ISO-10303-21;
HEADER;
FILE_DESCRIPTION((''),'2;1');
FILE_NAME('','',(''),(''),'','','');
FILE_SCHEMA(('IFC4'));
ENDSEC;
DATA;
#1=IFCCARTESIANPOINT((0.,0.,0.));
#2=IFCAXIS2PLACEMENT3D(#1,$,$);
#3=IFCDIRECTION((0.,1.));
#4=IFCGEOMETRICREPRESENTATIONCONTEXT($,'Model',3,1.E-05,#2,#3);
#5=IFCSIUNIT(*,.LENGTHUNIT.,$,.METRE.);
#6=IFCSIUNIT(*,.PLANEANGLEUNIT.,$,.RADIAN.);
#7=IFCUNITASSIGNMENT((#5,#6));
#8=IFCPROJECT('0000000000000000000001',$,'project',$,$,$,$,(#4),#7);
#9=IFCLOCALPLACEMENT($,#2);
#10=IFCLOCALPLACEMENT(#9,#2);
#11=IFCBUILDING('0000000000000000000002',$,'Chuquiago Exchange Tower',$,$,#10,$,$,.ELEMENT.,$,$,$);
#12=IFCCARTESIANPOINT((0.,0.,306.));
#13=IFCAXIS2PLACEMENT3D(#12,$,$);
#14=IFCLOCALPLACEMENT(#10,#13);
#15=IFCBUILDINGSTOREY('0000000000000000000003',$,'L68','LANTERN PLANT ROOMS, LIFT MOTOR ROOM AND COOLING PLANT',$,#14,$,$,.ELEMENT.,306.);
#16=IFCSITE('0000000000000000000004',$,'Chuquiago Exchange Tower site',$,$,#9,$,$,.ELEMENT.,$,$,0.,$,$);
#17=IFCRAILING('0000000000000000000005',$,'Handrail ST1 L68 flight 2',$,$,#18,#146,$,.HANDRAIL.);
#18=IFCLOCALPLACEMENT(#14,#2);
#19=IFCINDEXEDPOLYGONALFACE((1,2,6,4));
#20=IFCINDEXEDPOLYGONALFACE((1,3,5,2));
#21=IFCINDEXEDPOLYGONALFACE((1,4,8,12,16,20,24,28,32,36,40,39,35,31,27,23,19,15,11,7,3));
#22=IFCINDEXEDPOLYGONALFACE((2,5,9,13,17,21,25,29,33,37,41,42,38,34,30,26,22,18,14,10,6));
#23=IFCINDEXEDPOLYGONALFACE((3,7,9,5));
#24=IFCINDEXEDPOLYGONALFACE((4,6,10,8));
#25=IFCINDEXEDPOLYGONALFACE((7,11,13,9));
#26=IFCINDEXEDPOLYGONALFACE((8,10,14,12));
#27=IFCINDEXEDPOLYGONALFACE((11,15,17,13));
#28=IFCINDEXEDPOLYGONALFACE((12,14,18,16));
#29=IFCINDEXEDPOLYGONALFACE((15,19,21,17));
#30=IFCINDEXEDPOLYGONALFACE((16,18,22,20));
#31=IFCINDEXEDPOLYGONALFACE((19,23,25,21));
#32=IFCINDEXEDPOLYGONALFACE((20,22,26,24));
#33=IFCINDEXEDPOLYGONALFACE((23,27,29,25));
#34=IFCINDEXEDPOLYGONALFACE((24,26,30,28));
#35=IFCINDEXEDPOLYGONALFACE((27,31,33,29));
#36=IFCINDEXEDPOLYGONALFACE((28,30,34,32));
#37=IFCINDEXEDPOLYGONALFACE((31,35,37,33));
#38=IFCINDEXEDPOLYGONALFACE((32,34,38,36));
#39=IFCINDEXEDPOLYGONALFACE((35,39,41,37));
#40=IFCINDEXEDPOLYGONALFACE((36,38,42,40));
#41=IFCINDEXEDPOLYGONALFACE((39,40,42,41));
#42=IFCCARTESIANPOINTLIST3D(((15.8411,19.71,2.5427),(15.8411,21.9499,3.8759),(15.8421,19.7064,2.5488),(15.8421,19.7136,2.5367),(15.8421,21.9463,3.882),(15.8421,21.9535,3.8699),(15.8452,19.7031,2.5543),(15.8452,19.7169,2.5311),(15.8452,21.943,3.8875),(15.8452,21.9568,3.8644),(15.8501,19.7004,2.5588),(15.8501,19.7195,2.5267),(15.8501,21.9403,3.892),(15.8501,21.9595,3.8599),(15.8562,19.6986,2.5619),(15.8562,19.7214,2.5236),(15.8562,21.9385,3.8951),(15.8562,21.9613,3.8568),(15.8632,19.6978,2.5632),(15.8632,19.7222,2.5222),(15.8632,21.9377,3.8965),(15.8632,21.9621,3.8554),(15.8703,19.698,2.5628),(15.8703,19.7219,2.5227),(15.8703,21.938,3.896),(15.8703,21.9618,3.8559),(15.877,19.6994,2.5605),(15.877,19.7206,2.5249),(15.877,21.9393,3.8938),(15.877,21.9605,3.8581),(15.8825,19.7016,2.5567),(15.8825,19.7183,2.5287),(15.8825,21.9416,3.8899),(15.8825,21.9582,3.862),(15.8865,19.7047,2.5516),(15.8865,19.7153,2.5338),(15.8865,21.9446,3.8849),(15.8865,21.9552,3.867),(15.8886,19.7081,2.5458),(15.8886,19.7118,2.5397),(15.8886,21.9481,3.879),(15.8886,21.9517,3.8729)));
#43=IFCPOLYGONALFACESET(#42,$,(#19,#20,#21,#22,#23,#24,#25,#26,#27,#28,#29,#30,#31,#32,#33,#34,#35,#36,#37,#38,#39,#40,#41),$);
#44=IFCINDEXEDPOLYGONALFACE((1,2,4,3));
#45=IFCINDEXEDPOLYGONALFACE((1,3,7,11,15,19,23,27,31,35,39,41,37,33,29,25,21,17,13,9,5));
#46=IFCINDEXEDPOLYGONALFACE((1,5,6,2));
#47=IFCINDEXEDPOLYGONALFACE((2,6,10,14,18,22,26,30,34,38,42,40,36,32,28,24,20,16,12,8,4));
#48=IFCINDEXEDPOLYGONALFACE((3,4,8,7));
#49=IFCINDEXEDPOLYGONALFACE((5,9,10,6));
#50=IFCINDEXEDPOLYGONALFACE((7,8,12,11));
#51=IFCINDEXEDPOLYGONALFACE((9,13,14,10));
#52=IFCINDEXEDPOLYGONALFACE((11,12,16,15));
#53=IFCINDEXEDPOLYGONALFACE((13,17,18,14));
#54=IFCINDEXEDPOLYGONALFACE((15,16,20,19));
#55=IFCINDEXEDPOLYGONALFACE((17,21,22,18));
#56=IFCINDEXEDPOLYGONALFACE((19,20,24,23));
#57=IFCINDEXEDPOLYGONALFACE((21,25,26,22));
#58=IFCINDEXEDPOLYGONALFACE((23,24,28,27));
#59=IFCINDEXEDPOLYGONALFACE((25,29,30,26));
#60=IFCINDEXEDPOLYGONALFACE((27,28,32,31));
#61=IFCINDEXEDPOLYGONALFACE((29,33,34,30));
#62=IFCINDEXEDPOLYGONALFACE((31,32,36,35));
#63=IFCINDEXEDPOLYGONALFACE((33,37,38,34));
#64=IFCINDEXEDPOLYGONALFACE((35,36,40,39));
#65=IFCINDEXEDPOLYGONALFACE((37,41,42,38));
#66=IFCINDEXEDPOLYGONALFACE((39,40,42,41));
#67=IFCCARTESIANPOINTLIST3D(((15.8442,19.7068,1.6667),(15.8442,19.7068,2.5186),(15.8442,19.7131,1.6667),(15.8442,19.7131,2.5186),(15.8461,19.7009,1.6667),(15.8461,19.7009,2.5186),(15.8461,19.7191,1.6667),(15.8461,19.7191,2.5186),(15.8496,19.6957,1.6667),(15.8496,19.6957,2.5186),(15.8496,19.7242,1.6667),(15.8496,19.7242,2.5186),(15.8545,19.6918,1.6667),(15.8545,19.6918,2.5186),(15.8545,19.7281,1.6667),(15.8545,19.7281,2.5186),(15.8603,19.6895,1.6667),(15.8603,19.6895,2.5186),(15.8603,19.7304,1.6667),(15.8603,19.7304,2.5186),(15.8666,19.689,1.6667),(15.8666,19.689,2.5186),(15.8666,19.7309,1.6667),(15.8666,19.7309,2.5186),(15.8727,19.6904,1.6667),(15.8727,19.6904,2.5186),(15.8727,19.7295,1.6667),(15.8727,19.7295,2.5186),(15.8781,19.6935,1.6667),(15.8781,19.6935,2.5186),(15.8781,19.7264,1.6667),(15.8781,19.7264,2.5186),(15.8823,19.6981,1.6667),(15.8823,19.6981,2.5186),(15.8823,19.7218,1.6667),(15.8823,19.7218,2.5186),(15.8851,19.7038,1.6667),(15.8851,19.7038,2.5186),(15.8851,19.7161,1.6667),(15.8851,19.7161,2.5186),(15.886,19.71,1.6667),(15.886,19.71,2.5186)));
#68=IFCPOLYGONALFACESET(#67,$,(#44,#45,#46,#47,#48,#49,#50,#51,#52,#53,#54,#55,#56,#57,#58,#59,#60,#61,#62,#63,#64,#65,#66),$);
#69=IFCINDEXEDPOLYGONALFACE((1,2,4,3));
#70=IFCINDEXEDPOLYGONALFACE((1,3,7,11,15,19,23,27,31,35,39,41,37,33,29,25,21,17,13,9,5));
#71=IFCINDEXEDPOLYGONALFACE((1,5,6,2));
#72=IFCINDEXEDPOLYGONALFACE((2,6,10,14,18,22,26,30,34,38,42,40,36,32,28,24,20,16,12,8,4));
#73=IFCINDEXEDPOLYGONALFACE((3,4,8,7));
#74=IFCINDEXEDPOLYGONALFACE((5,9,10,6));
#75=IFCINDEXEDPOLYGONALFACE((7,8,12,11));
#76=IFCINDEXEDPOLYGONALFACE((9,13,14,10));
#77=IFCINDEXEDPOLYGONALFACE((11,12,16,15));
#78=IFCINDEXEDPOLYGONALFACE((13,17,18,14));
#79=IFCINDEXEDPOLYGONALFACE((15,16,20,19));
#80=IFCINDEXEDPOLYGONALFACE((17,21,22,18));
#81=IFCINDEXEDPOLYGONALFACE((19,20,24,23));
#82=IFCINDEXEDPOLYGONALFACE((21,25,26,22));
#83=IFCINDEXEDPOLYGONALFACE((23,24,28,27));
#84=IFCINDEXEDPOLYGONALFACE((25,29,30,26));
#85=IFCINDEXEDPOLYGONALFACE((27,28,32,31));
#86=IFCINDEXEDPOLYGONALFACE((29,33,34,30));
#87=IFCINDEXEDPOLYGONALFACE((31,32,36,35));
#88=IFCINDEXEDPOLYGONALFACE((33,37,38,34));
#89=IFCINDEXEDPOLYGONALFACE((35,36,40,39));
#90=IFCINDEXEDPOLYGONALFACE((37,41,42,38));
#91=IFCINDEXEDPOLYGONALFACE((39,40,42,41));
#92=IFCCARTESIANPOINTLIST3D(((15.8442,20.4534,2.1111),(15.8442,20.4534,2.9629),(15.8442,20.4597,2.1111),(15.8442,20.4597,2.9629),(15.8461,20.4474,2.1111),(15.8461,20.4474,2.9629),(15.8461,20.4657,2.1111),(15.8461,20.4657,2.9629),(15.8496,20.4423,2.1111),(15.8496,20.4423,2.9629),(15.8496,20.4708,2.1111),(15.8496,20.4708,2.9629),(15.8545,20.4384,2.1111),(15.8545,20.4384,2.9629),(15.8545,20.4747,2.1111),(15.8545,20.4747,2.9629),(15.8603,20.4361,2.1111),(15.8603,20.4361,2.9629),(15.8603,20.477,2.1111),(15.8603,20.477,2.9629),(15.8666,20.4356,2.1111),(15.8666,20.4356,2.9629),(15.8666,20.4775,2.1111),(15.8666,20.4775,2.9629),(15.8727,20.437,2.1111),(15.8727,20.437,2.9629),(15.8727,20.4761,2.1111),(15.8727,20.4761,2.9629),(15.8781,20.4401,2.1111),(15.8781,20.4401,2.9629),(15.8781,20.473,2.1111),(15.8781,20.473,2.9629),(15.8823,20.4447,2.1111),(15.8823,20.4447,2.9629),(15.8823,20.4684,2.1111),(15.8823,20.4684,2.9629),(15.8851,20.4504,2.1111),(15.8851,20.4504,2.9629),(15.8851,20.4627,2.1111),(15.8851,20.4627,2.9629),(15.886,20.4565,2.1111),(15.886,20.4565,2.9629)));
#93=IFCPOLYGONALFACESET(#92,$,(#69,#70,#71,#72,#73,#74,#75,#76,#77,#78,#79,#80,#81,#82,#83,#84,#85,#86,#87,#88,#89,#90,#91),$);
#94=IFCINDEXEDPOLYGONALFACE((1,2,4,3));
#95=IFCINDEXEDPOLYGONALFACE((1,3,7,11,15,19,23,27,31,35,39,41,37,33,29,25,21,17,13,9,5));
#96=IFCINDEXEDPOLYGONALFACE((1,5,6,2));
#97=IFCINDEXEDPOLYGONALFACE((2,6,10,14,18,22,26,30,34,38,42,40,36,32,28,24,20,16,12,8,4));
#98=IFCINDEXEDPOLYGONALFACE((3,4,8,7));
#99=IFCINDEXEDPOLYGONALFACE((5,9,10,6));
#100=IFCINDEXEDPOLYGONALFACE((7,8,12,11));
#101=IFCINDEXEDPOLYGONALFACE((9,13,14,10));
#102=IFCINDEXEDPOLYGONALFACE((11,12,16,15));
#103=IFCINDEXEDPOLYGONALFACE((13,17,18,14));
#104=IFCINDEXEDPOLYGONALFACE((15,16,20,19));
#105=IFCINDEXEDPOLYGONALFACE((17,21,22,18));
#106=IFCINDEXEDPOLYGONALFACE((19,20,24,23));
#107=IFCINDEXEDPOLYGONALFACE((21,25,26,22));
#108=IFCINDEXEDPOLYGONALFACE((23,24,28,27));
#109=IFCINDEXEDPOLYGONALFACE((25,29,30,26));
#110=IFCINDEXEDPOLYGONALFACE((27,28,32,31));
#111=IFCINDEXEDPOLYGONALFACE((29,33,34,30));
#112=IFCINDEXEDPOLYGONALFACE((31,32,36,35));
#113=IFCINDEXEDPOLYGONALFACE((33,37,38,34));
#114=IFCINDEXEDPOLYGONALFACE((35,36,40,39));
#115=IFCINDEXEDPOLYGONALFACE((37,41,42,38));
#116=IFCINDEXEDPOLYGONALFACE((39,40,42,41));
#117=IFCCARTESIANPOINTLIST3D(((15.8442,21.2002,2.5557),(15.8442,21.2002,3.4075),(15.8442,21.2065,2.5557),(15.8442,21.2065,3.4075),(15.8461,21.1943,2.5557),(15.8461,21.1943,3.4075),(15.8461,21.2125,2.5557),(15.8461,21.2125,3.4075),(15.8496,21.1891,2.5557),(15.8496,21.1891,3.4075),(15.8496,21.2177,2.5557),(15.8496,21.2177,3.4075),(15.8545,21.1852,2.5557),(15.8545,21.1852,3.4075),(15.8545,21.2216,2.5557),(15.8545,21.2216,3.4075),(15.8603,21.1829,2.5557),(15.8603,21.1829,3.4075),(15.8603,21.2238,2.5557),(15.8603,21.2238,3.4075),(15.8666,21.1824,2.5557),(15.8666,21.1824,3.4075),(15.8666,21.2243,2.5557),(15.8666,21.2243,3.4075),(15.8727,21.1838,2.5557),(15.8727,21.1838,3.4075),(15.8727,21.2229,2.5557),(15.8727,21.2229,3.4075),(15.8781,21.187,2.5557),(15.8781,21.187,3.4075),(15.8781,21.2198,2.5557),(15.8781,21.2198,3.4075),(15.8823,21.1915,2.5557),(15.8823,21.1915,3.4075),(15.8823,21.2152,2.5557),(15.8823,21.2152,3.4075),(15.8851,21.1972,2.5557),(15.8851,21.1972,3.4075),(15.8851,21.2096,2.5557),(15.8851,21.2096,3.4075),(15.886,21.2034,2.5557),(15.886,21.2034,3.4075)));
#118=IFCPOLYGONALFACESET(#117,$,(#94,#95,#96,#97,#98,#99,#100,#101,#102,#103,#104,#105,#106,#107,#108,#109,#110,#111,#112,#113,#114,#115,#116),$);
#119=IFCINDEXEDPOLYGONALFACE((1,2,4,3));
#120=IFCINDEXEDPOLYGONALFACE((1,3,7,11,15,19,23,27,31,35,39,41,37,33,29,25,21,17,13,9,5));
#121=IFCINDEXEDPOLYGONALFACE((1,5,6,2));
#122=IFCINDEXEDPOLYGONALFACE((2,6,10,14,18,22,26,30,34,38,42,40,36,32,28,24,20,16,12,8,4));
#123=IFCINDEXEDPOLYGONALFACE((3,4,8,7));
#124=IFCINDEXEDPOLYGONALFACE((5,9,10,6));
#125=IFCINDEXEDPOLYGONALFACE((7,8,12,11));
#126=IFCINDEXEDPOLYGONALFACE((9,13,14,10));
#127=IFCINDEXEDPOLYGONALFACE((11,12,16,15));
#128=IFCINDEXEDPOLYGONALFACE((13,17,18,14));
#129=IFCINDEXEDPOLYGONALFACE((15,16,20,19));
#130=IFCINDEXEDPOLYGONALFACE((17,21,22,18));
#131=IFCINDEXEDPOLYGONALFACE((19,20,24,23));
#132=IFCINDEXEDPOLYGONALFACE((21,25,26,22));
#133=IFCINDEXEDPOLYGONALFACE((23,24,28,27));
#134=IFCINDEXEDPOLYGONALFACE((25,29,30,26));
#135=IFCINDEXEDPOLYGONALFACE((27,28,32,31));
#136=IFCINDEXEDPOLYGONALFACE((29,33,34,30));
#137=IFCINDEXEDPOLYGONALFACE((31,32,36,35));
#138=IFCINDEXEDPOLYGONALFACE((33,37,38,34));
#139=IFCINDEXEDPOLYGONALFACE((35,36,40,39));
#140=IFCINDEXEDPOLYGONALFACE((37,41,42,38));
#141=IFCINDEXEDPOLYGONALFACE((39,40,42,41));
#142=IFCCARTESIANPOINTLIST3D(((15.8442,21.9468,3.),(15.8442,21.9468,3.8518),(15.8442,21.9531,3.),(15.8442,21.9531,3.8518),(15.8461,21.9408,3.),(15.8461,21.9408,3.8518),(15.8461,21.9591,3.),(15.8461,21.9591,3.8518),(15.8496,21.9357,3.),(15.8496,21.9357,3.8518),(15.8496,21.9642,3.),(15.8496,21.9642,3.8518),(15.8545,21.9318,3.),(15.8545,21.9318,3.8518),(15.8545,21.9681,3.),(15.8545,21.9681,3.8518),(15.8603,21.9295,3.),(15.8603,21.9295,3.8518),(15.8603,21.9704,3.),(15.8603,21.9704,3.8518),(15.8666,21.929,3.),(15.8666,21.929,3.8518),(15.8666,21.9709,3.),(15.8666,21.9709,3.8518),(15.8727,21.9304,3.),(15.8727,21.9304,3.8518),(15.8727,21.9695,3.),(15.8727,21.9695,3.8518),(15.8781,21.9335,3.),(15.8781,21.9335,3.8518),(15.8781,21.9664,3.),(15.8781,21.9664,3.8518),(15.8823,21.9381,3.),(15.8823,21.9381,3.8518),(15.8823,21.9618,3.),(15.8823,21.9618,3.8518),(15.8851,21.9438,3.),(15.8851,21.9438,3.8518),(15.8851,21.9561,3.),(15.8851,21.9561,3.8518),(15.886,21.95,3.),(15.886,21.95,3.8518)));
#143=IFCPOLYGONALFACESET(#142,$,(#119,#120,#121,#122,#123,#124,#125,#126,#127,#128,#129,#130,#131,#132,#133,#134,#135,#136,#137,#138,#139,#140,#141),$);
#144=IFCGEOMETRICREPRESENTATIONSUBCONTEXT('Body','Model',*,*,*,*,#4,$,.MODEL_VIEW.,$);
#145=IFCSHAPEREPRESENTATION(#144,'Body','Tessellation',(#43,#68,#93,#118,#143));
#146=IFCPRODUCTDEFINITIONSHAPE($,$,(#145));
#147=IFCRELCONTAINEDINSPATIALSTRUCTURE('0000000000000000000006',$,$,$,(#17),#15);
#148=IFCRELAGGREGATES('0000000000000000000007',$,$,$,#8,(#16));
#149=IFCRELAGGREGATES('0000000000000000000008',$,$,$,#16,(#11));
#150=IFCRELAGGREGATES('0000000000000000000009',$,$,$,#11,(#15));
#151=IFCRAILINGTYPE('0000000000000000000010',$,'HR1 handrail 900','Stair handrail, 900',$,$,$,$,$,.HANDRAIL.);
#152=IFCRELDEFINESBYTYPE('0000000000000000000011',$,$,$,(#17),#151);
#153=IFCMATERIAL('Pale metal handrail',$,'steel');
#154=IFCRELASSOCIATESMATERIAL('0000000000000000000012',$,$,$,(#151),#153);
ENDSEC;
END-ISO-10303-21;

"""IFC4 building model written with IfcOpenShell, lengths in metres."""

from ifc_helpers import new_model, si_unit, direction, frame, origin, origin_2d, place, context, subcontext, project, spatial, circle, extrude, material, type_object, element, save


model = new_model("IFC4")

# Units and contexts
model_context = context("Model", 3, precision=1e-05, world=origin(), true_north=direction((0.0, 1.0)))
body_context = subcontext(model_context, "Body", "Model", "MODEL_VIEW")
ifc_project = project(units=[si_unit("LENGTHUNIT", "METRE"), si_unit("PLANEANGLEUNIT", "RADIAN")], contexts=[model_context])

# Site, building, storey
site_placement = place(None, origin())
site = spatial("IfcSite", under=ifc_project, at=site_placement, Name="Chuquiago Exchange Tower site", CompositionType="ELEMENT", RefElevation=0.0)
building_placement = place(site_placement, origin())
building = spatial("IfcBuilding", under=site, at=building_placement, Name="Chuquiago Exchange Tower", CompositionType="ELEMENT")
storey_placement = place(building_placement, frame((0.0, 0.0, 306.0)))
storey = spatial("IfcBuildingStorey", under=building, at=storey_placement, Name="L68", Description="LANTERN PLANT ROOMS, LIFT MOTOR ROOM AND COOLING PLANT", CompositionType="ELEMENT", Elevation=306.0)

# Railing
ifc_material_1 = material(Name="Pale metal handrail", Category="steel")
railing_type_1 = type_object("IfcRailingType", Name="HR1 handrail 900", Description="Stair handrail, 900", PredefinedType="HANDRAIL", material=ifc_material_1)
for number, where, name in (
    (1, (15.865, 19.71, 1.6667), "Handrail ST1 L68 flight 2"),
):
    element("IfcRailing", number, at=place(storey_placement, frame(where)), inside=storey, type_object=railing_type_1, Name=name, PredefinedType="HANDRAIL", context=body_context, shape_type="SweptSolid", body=[
        extrude(circle(Radius=0.0239, at=origin_2d()), frame((0.0, 0.0, 0.876), z_axis=(0.0, 0.859306, 0.511462), x_axis=(-1.0, 0.0, 0.0)), (0.0, 0.0, 1.0), 2.6067),
        extrude(circle(Radius=0.021, at=origin_2d()), origin(), (0.0, 0.0, 1.0), 0.8518),
        extrude(circle(Radius=0.021, at=origin_2d()), frame((0.0, 0.7466, 0.4443)), (0.0, 0.0, 1.0), 0.8518),
        extrude(circle(Radius=0.021, at=origin_2d()), frame((0.0, 1.4934, 0.8889)), (0.0, 0.0, 1.0), 0.8518),
        extrude(circle(Radius=0.021, at=origin_2d()), frame((0.0, 2.24, 1.3333)), (0.0, 0.0, 1.0), 0.8518),
    ])

save(model, "model.ifc")
